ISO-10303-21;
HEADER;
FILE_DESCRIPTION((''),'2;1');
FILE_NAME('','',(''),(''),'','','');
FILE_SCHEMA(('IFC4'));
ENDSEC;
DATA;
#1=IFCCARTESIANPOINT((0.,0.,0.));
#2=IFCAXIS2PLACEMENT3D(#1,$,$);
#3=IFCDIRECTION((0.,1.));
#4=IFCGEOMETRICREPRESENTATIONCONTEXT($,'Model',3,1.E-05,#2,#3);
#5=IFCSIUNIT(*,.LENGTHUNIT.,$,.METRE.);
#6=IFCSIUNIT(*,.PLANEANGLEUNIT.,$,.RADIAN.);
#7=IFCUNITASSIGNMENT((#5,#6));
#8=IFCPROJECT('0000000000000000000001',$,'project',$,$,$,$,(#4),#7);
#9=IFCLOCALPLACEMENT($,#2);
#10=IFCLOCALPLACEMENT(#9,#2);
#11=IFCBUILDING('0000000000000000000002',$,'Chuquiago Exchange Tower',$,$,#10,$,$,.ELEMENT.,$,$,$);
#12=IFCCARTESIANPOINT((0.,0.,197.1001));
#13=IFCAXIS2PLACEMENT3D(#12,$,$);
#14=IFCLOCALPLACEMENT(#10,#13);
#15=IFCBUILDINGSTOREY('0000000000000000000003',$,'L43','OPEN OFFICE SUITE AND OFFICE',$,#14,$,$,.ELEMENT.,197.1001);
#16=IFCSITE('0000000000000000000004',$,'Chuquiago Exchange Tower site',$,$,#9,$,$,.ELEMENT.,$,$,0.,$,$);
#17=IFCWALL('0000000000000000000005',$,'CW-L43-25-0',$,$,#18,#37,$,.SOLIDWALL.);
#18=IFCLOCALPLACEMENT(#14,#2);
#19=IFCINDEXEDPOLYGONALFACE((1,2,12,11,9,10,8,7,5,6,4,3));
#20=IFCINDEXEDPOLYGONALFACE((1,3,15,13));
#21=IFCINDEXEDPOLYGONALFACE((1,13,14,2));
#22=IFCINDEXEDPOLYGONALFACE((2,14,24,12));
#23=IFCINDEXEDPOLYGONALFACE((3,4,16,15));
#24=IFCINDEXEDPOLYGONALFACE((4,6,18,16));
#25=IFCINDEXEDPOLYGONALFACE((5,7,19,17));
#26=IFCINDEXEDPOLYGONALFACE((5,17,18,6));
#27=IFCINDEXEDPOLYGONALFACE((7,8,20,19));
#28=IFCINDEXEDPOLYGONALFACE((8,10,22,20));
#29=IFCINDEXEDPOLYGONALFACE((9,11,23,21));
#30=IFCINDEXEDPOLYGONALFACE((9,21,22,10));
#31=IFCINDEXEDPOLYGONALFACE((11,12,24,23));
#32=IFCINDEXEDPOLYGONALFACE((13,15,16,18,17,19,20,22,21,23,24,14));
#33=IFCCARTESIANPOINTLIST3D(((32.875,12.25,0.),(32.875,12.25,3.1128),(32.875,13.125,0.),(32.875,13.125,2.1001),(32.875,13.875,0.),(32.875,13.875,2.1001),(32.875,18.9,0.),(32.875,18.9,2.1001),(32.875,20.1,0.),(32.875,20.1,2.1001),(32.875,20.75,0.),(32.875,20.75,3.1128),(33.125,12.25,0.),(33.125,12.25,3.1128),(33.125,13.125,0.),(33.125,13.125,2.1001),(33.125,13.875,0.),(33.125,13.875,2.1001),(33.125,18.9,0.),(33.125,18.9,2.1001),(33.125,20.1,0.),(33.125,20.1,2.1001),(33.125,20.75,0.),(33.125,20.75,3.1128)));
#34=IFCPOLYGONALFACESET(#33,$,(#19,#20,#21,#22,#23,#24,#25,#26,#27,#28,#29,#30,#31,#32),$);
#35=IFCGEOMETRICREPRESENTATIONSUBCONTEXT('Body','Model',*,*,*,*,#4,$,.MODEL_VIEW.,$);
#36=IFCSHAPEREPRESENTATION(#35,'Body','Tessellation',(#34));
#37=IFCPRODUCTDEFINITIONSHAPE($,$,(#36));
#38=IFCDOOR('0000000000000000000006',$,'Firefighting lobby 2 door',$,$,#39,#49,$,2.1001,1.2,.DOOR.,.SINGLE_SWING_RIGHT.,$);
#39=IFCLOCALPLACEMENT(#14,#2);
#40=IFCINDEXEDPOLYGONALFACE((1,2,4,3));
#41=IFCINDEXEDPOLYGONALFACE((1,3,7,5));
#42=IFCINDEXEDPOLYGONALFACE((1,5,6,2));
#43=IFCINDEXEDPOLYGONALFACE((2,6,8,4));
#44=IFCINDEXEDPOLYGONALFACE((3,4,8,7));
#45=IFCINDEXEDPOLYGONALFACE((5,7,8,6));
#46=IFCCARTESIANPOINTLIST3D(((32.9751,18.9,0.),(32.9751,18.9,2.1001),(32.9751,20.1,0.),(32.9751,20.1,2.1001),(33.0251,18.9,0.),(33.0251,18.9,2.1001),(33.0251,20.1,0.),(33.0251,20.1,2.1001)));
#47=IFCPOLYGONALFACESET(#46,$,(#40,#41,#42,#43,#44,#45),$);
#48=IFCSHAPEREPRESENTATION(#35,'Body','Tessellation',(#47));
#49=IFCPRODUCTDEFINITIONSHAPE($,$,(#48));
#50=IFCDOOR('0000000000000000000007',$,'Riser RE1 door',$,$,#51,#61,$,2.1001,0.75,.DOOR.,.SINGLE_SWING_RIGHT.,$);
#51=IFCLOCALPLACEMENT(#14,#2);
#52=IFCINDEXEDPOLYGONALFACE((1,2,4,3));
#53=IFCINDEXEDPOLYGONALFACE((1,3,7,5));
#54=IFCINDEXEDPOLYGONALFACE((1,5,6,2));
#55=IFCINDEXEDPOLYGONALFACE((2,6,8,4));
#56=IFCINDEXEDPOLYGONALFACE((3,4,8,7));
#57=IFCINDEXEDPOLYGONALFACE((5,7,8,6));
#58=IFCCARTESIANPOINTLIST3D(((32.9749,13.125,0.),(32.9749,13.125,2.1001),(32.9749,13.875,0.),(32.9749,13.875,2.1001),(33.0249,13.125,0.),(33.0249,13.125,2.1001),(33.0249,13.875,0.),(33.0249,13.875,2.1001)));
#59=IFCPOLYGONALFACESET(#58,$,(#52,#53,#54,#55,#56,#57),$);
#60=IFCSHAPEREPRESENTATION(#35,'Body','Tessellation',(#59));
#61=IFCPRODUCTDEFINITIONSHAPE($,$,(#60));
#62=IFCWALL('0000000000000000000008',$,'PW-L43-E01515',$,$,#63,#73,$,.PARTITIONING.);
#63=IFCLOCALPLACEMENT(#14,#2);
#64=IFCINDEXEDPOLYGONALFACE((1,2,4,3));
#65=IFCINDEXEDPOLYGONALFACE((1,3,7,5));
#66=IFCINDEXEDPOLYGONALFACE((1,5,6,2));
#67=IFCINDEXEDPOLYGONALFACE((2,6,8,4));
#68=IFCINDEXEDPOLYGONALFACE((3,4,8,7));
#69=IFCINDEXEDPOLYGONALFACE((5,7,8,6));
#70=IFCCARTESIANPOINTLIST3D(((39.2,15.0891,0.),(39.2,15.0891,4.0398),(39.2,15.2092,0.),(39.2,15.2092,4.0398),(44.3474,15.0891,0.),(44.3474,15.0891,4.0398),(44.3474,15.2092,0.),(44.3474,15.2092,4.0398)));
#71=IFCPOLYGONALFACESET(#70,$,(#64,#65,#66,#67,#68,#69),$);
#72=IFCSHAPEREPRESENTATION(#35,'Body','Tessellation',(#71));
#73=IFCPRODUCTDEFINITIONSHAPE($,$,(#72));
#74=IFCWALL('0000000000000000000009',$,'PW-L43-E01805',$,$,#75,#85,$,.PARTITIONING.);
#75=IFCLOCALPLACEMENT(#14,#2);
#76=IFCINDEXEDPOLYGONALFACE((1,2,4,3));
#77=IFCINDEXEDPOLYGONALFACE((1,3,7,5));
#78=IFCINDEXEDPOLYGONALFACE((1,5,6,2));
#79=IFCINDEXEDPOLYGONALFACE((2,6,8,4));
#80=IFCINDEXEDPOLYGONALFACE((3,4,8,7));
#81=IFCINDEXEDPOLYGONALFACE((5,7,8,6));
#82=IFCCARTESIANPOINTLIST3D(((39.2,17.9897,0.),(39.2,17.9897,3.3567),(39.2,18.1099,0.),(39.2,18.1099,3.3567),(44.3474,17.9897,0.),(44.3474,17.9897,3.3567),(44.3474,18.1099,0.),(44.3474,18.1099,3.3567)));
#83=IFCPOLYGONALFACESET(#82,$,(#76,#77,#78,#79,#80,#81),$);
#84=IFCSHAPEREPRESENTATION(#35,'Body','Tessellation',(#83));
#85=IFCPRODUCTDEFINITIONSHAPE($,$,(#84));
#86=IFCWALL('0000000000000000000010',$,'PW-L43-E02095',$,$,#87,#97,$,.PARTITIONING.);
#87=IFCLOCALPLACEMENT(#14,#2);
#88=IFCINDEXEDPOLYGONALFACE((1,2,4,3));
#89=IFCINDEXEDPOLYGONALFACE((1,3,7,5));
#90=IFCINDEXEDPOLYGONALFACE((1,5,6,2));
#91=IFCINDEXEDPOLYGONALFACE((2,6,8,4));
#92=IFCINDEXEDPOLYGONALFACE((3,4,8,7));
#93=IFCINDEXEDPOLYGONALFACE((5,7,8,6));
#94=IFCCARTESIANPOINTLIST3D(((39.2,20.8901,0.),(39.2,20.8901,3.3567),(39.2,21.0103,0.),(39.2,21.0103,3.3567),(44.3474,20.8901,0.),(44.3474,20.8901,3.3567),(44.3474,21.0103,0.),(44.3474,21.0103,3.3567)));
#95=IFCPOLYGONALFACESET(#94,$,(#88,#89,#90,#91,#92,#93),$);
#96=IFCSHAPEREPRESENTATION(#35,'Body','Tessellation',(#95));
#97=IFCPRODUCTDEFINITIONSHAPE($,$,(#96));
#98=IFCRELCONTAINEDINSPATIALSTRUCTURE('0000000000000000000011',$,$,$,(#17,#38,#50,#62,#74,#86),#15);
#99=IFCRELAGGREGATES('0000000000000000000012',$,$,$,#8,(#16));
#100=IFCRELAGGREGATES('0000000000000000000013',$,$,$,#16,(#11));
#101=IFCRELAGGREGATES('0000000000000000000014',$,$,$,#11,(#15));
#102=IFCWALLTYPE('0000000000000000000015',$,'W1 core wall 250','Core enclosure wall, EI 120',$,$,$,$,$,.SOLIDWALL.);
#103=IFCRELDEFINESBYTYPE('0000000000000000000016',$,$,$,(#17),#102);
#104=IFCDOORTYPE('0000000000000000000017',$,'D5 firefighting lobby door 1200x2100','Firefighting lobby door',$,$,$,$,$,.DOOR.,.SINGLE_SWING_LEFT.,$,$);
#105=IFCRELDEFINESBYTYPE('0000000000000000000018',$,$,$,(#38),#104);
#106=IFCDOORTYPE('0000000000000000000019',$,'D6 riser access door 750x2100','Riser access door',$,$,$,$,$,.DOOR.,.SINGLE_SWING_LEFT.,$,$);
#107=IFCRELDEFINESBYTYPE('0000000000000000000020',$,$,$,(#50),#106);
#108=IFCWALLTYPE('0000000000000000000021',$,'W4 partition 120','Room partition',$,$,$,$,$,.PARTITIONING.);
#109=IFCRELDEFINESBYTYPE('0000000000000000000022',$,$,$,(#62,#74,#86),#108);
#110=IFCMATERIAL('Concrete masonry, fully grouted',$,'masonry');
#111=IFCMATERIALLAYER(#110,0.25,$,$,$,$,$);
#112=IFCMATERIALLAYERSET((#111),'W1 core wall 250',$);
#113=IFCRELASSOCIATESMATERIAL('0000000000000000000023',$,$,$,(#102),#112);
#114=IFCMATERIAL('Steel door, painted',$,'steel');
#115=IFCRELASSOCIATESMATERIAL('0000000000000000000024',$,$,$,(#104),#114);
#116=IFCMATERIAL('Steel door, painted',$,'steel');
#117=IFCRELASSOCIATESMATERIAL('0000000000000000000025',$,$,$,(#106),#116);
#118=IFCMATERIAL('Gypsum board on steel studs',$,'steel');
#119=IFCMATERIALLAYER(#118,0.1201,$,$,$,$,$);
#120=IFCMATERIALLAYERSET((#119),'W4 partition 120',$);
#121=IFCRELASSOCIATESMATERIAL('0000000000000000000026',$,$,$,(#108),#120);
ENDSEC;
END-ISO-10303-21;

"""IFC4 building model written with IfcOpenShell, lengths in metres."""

from ifc_helpers import new_model, si_unit, direction, frame, frame_2d, origin, place, context, subcontext, project, spatial, rectangle, extrude, material, layer, layer_set, type_object, element, fill, save


model = new_model("IFC4")

# Units and contexts
model_context = context("Model", 3, precision=1e-05, world=origin(), true_north=direction((0.0, 1.0)))
body_context = subcontext(model_context, "Body", "Model", "MODEL_VIEW")
ifc_project = project(units=[si_unit("LENGTHUNIT", "METRE"), si_unit("PLANEANGLEUNIT", "RADIAN")], contexts=[model_context])

# Site, building, storey
site_placement = place(None, origin())
site = spatial("IfcSite", under=ifc_project, at=site_placement, Name="Chuquiago Exchange Tower site", CompositionType="ELEMENT", RefElevation=0.0)
building_placement = place(site_placement, origin())
building = spatial("IfcBuilding", under=site, at=building_placement, Name="Chuquiago Exchange Tower", CompositionType="ELEMENT")
storey_placement = place(building_placement, frame((0.0, 0.0, 197.1001)))
storey = spatial("IfcBuildingStorey", under=building, at=storey_placement, Name="L43", Description="OPEN OFFICE SUITE AND OFFICE", CompositionType="ELEMENT", Elevation=197.1001)

# Wall, openings, doors
ifc_material_1 = material(Name="Concrete masonry, fully grouted", Category="masonry")
ifc_layer_1 = layer(ifc_material_1, 0.25)
ifc_layer_set_1 = layer_set([ifc_layer_1], Name="W1 core wall 250")
wall_type_1 = type_object("IfcWallType", Name="W1 core wall 250", Description="Core enclosure wall, EI 120", PredefinedType="SOLIDWALL", material=ifc_layer_set_1)
wall_1_placement = place(storey_placement, frame((33.0, 12.25, 0.0), z_axis=(0.0, 0.0, 1.0), x_axis=(0.0, 1.0, 0.0)))
wall_1 = element("IfcWall", 1, at=wall_1_placement, inside=storey, type_object=wall_type_1, Name="CW-L43-25-0", PredefinedType="SOLIDWALL", context=body_context, shape_type="SweptSolid", body=[
    extrude(rectangle(XDim=8.5, YDim=0.25, at=frame_2d((4.25, 0.0))), origin(), (0.0, 0.0, 1.0), 3.1128),
])
opening_1_placement = place(wall_1_placement, frame((6.6499, 0.0, 0.0)))
opening_1 = element("IfcOpeningElement", 2, at=opening_1_placement, cuts=wall_1, PredefinedType="OPENING", context=body_context, shape_type="SweptSolid", body=[
    extrude(rectangle(XDim=1.2, YDim=2.1001, at=frame_2d((0.6001, 1.05))), frame((0.0, 0.135, 0.0), z_axis=(0.0, -1.0, 0.0), x_axis=(1.0, 0.0, 0.0)), (0.0, 0.0, 1.0), 0.27),
])
opening_2_placement = place(wall_1_placement, frame((0.875, 0.0, 0.0)))
opening_2 = element("IfcOpeningElement", 3, at=opening_2_placement, cuts=wall_1, PredefinedType="OPENING", context=body_context, shape_type="SweptSolid", body=[
    extrude(rectangle(XDim=0.75, YDim=2.1001, at=frame_2d((0.375, 1.05))), frame((0.0, 0.135, 0.0), z_axis=(0.0, -1.0, 0.0), x_axis=(1.0, 0.0, 0.0)), (0.0, 0.0, 1.0), 0.27),
])
ifc_material_2 = material(Name="Steel door, painted", Category="steel")
door_type_1 = type_object("IfcDoorType", Name="D5 firefighting lobby door 1200x2100", Description="Firefighting lobby door", OperationType="SINGLE_SWING_LEFT", PredefinedType="DOOR", material=ifc_material_2)
door_1_placement = place(opening_1_placement, origin())
door_1 = element("IfcDoor", 4, at=door_1_placement, inside=storey, type_object=door_type_1, Name="Firefighting lobby 2 door", OperationType="SINGLE_SWING_RIGHT", OverallHeight=2.1001, OverallWidth=1.2, PredefinedType="DOOR", context=body_context, shape_type="SweptSolid", body=[
    extrude(rectangle(XDim=1.2, YDim=2.1001, at=frame_2d((0.6001, 1.05))), frame((0.0, 0.0249, 0.0), z_axis=(0.0, -1.0, 0.0), x_axis=(1.0, 0.0, 0.0)), (0.0, 0.0, 1.0), 0.05),
])
fill(opening_1, door_1)
ifc_material_3 = material(Name="Steel door, painted", Category="steel")
door_type_2 = type_object("IfcDoorType", Name="D6 riser access door 750x2100", Description="Riser access door", OperationType="SINGLE_SWING_LEFT", PredefinedType="DOOR", material=ifc_material_3)
door_2_placement = place(opening_2_placement, frame((0.75, 0.0, 0.0), z_axis=(0.0, 0.0, 1.0), x_axis=(-1.0, 0.0, 0.0)))
door_2 = element("IfcDoor", 5, at=door_2_placement, inside=storey, type_object=door_type_2, Name="Riser RE1 door", OperationType="SINGLE_SWING_RIGHT", OverallHeight=2.1001, OverallWidth=0.75, PredefinedType="DOOR", context=body_context, shape_type="SweptSolid", body=[
    extrude(rectangle(XDim=0.75, YDim=2.1001, at=frame_2d((0.375, 1.05))), frame((0.0, 0.0249, 0.0), z_axis=(0.0, -1.0, 0.0), x_axis=(1.0, 0.0, 0.0)), (0.0, 0.0, 1.0), 0.05),
])
fill(opening_2, door_2)

# Walls
ifc_material_4 = material(Name="Gypsum board on steel studs", Category="steel")
ifc_layer_2 = layer(ifc_material_4, 0.1201)
ifc_layer_set_2 = layer_set([ifc_layer_2], Name="W4 partition 120")
wall_type_2 = type_object("IfcWallType", Name="W4 partition 120", Description="Room partition", PredefinedType="PARTITIONING", material=ifc_layer_set_2)
wall_2_placement = place(storey_placement, frame((44.3474, 15.1492, 0.0), z_axis=(0.0, 0.0, 1.0), x_axis=(-1.0, 0.0, 0.0)))
element("IfcWall", 6, at=wall_2_placement, inside=storey, type_object=wall_type_2, Name="PW-L43-E01515", PredefinedType="PARTITIONING", context=body_context, shape_type="SweptSolid", body=[
    extrude(rectangle(XDim=5.1475, YDim=0.1201, at=frame_2d((2.5737, 0.0))), origin(), (0.0, 0.0, 1.0), 4.0398),
])
for number, where, z_axis, x_axis, name in (
    (7, (44.3474, 18.0498, 0.0), (0.0, 0.0, 1.0), (-1.0, 0.0, 0.0), "PW-L43-E01805"),
    (8, (44.3474, 20.9502, 0.0), (0.0, 0.0, 1.0), (-1.0, 0.0, 0.0), "PW-L43-E02095"),
):
    element("IfcWall", number, at=place(storey_placement, frame(where, z_axis=z_axis, x_axis=x_axis)), inside=storey, type_object=wall_type_2, Name=name, PredefinedType="PARTITIONING", context=body_context, shape_type="SweptSolid", body=[
        extrude(rectangle(XDim=5.1475, YDim=0.1201, at=frame_2d((2.5737, 0.0))), origin(), (0.0, 0.0, 1.0), 3.3567),
    ])

save(model, "model.ifc")
